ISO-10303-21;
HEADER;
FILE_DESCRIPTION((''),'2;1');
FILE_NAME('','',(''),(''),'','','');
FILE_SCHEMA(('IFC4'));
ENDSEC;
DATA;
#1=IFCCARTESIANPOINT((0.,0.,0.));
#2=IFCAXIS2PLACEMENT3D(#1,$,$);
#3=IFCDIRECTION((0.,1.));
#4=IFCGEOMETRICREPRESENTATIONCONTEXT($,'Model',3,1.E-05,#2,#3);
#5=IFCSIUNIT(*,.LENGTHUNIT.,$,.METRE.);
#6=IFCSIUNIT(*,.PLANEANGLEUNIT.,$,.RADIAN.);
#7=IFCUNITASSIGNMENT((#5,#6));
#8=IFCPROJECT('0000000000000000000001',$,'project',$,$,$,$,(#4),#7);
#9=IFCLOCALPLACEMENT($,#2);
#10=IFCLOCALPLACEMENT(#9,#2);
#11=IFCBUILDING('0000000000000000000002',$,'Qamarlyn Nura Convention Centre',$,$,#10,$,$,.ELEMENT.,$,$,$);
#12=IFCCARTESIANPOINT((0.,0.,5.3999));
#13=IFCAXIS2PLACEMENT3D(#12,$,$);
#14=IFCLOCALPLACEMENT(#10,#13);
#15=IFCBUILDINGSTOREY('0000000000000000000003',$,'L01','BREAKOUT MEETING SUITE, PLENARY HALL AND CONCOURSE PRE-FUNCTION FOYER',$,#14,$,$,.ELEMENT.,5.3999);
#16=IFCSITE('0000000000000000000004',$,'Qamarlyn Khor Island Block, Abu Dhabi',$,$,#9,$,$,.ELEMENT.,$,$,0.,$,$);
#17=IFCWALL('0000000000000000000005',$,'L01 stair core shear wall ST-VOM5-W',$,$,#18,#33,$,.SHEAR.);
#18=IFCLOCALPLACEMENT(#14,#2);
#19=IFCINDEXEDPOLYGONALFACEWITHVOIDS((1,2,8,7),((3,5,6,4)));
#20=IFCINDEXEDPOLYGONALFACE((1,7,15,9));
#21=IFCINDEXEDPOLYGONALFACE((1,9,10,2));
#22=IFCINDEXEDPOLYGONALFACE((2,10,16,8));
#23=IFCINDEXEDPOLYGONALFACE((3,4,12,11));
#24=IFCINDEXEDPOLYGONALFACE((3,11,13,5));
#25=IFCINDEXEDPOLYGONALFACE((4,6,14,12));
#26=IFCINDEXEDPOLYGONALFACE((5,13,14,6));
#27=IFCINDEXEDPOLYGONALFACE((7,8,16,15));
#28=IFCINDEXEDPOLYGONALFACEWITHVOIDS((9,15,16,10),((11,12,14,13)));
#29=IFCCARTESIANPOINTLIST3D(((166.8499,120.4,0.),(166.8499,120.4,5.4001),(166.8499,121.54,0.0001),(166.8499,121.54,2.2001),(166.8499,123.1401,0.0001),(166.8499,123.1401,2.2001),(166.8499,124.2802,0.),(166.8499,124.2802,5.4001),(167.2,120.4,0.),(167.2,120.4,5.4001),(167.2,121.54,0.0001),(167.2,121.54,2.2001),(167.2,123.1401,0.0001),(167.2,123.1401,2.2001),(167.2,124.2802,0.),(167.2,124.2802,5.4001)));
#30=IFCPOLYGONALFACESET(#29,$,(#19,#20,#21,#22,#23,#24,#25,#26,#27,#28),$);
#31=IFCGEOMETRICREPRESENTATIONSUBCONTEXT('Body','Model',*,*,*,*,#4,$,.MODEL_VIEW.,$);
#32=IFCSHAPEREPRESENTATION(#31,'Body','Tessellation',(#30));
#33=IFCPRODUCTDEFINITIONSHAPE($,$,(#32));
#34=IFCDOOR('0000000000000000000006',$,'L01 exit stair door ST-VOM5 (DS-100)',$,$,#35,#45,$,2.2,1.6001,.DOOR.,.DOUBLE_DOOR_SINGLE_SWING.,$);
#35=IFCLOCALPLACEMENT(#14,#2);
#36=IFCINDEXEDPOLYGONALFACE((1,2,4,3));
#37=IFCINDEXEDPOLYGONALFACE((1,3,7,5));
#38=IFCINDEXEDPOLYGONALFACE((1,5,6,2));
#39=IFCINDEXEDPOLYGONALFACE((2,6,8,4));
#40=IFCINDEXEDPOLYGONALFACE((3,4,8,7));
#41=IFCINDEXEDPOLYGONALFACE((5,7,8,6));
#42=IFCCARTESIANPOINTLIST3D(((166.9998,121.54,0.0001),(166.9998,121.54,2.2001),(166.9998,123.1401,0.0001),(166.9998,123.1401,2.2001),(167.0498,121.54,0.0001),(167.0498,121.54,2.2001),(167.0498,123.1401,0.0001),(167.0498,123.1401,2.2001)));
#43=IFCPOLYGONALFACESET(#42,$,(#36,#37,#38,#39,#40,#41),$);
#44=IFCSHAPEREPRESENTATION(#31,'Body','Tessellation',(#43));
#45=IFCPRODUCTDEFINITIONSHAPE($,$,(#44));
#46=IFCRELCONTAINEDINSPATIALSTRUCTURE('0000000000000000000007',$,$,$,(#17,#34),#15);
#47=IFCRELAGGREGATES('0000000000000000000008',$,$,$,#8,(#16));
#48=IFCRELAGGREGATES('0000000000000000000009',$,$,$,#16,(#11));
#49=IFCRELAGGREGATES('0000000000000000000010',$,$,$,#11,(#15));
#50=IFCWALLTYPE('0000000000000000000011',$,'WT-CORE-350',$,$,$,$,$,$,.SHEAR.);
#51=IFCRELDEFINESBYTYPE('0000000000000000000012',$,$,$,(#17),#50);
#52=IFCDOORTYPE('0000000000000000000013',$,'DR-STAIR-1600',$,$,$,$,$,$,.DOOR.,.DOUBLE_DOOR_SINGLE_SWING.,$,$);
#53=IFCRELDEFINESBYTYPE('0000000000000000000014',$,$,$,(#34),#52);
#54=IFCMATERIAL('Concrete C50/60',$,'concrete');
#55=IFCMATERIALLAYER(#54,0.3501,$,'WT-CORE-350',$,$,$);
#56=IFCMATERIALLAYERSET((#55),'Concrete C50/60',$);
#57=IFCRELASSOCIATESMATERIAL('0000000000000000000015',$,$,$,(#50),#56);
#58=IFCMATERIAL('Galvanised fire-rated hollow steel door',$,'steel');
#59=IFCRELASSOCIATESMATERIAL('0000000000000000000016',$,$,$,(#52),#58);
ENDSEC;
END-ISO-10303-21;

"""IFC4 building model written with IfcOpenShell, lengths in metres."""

from ifc_helpers import new_model, si_unit, direction, frame, frame_2d, origin, place, context, subcontext, project, spatial, rectangle, extrude, material, layer, layer_set, type_object, element, fill, save


model = new_model("IFC4")

# Units and contexts
model_context = context("Model", 3, precision=1e-05, world=origin(), true_north=direction((0.0, 1.0)))
body_context = subcontext(model_context, "Body", "Model", "MODEL_VIEW")
ifc_project = project(units=[si_unit("LENGTHUNIT", "METRE"), si_unit("PLANEANGLEUNIT", "RADIAN")], contexts=[model_context])

# Site, building, storey
site_placement = place(None, origin())
site = spatial("IfcSite", under=ifc_project, at=site_placement, Name="Qamarlyn Khor Island Block, Abu Dhabi", CompositionType="ELEMENT", RefElevation=0.0)
building_placement = place(site_placement, origin())
building = spatial("IfcBuilding", under=site, at=building_placement, Name="Qamarlyn Nura Convention Centre", CompositionType="ELEMENT")
storey_placement = place(building_placement, frame((0.0, 0.0, 5.3999)))
storey = spatial("IfcBuildingStorey", under=building, at=storey_placement, Name="L01", Description="BREAKOUT MEETING SUITE, PLENARY HALL AND CONCOURSE PRE-FUNCTION FOYER", CompositionType="ELEMENT", Elevation=5.3999)

# Wall, opening, door
ifc_material_1 = material(Name="Concrete C50/60", Category="concrete")
ifc_layer_1 = layer(ifc_material_1, 0.3501, Name="WT-CORE-350")
ifc_layer_set_1 = layer_set([ifc_layer_1], Name="Concrete C50/60")
wall_type = type_object("IfcWallType", Name="WT-CORE-350", PredefinedType="SHEAR", material=ifc_layer_set_1)
wall_placement = place(storey_placement, frame((167.0249, 124.28, 0.0), z_axis=(0.0, 0.0, 1.0), x_axis=(0.0, -1.0, 0.0)))
wall = element("IfcWall", 1, at=wall_placement, inside=storey, type_object=wall_type, Name="L01 stair core shear wall ST-VOM5-W", PredefinedType="SHEAR", context=body_context, shape_type="SweptSolid", body=[
    extrude(rectangle(XDim=3.8801, YDim=0.3501, at=frame_2d((1.9399, 0.0))), origin(), (0.0, 0.0, 1.0), 5.4001),
])
opening_placement = place(wall_placement, frame((1.1399, 0.0, 0.0)))
opening = element("IfcOpeningElement", 2, at=opening_placement, cuts=wall, PredefinedType="OPENING", context=body_context, shape_type="SweptSolid", body=[
    extrude(rectangle(XDim=1.6001, YDim=2.2, at=frame_2d((0.8, 1.1001))), frame((0.0, 0.1851, 0.0), z_axis=(0.0, -1.0, 0.0), x_axis=(1.0, 0.0, 0.0)), (0.0, 0.0, 1.0), 0.3701),
])
ifc_material_2 = material(Name="Galvanised fire-rated hollow steel door", Category="steel")
door_type = type_object("IfcDoorType", Name="DR-STAIR-1600", OperationType="DOUBLE_DOOR_SINGLE_SWING", PredefinedType="DOOR", material=ifc_material_2)
door_placement = place(opening_placement, origin())
door = element("IfcDoor", 3, at=door_placement, inside=storey, type_object=door_type, Name="L01 exit stair door ST-VOM5 (DS-100)", OperationType="DOUBLE_DOOR_SINGLE_SWING", OverallHeight=2.2, OverallWidth=1.6001, PredefinedType="DOOR", context=body_context, shape_type="SweptSolid", body=[
    extrude(rectangle(XDim=1.6001, YDim=2.2, at=frame_2d((0.8, 1.1001))), frame((0.0, 0.0249, 0.0), z_axis=(0.0, -1.0, 0.0), x_axis=(1.0, 0.0, 0.0)), (0.0, 0.0, 1.0), 0.05),
])
fill(opening, door)

save(model, "model.ifc")
